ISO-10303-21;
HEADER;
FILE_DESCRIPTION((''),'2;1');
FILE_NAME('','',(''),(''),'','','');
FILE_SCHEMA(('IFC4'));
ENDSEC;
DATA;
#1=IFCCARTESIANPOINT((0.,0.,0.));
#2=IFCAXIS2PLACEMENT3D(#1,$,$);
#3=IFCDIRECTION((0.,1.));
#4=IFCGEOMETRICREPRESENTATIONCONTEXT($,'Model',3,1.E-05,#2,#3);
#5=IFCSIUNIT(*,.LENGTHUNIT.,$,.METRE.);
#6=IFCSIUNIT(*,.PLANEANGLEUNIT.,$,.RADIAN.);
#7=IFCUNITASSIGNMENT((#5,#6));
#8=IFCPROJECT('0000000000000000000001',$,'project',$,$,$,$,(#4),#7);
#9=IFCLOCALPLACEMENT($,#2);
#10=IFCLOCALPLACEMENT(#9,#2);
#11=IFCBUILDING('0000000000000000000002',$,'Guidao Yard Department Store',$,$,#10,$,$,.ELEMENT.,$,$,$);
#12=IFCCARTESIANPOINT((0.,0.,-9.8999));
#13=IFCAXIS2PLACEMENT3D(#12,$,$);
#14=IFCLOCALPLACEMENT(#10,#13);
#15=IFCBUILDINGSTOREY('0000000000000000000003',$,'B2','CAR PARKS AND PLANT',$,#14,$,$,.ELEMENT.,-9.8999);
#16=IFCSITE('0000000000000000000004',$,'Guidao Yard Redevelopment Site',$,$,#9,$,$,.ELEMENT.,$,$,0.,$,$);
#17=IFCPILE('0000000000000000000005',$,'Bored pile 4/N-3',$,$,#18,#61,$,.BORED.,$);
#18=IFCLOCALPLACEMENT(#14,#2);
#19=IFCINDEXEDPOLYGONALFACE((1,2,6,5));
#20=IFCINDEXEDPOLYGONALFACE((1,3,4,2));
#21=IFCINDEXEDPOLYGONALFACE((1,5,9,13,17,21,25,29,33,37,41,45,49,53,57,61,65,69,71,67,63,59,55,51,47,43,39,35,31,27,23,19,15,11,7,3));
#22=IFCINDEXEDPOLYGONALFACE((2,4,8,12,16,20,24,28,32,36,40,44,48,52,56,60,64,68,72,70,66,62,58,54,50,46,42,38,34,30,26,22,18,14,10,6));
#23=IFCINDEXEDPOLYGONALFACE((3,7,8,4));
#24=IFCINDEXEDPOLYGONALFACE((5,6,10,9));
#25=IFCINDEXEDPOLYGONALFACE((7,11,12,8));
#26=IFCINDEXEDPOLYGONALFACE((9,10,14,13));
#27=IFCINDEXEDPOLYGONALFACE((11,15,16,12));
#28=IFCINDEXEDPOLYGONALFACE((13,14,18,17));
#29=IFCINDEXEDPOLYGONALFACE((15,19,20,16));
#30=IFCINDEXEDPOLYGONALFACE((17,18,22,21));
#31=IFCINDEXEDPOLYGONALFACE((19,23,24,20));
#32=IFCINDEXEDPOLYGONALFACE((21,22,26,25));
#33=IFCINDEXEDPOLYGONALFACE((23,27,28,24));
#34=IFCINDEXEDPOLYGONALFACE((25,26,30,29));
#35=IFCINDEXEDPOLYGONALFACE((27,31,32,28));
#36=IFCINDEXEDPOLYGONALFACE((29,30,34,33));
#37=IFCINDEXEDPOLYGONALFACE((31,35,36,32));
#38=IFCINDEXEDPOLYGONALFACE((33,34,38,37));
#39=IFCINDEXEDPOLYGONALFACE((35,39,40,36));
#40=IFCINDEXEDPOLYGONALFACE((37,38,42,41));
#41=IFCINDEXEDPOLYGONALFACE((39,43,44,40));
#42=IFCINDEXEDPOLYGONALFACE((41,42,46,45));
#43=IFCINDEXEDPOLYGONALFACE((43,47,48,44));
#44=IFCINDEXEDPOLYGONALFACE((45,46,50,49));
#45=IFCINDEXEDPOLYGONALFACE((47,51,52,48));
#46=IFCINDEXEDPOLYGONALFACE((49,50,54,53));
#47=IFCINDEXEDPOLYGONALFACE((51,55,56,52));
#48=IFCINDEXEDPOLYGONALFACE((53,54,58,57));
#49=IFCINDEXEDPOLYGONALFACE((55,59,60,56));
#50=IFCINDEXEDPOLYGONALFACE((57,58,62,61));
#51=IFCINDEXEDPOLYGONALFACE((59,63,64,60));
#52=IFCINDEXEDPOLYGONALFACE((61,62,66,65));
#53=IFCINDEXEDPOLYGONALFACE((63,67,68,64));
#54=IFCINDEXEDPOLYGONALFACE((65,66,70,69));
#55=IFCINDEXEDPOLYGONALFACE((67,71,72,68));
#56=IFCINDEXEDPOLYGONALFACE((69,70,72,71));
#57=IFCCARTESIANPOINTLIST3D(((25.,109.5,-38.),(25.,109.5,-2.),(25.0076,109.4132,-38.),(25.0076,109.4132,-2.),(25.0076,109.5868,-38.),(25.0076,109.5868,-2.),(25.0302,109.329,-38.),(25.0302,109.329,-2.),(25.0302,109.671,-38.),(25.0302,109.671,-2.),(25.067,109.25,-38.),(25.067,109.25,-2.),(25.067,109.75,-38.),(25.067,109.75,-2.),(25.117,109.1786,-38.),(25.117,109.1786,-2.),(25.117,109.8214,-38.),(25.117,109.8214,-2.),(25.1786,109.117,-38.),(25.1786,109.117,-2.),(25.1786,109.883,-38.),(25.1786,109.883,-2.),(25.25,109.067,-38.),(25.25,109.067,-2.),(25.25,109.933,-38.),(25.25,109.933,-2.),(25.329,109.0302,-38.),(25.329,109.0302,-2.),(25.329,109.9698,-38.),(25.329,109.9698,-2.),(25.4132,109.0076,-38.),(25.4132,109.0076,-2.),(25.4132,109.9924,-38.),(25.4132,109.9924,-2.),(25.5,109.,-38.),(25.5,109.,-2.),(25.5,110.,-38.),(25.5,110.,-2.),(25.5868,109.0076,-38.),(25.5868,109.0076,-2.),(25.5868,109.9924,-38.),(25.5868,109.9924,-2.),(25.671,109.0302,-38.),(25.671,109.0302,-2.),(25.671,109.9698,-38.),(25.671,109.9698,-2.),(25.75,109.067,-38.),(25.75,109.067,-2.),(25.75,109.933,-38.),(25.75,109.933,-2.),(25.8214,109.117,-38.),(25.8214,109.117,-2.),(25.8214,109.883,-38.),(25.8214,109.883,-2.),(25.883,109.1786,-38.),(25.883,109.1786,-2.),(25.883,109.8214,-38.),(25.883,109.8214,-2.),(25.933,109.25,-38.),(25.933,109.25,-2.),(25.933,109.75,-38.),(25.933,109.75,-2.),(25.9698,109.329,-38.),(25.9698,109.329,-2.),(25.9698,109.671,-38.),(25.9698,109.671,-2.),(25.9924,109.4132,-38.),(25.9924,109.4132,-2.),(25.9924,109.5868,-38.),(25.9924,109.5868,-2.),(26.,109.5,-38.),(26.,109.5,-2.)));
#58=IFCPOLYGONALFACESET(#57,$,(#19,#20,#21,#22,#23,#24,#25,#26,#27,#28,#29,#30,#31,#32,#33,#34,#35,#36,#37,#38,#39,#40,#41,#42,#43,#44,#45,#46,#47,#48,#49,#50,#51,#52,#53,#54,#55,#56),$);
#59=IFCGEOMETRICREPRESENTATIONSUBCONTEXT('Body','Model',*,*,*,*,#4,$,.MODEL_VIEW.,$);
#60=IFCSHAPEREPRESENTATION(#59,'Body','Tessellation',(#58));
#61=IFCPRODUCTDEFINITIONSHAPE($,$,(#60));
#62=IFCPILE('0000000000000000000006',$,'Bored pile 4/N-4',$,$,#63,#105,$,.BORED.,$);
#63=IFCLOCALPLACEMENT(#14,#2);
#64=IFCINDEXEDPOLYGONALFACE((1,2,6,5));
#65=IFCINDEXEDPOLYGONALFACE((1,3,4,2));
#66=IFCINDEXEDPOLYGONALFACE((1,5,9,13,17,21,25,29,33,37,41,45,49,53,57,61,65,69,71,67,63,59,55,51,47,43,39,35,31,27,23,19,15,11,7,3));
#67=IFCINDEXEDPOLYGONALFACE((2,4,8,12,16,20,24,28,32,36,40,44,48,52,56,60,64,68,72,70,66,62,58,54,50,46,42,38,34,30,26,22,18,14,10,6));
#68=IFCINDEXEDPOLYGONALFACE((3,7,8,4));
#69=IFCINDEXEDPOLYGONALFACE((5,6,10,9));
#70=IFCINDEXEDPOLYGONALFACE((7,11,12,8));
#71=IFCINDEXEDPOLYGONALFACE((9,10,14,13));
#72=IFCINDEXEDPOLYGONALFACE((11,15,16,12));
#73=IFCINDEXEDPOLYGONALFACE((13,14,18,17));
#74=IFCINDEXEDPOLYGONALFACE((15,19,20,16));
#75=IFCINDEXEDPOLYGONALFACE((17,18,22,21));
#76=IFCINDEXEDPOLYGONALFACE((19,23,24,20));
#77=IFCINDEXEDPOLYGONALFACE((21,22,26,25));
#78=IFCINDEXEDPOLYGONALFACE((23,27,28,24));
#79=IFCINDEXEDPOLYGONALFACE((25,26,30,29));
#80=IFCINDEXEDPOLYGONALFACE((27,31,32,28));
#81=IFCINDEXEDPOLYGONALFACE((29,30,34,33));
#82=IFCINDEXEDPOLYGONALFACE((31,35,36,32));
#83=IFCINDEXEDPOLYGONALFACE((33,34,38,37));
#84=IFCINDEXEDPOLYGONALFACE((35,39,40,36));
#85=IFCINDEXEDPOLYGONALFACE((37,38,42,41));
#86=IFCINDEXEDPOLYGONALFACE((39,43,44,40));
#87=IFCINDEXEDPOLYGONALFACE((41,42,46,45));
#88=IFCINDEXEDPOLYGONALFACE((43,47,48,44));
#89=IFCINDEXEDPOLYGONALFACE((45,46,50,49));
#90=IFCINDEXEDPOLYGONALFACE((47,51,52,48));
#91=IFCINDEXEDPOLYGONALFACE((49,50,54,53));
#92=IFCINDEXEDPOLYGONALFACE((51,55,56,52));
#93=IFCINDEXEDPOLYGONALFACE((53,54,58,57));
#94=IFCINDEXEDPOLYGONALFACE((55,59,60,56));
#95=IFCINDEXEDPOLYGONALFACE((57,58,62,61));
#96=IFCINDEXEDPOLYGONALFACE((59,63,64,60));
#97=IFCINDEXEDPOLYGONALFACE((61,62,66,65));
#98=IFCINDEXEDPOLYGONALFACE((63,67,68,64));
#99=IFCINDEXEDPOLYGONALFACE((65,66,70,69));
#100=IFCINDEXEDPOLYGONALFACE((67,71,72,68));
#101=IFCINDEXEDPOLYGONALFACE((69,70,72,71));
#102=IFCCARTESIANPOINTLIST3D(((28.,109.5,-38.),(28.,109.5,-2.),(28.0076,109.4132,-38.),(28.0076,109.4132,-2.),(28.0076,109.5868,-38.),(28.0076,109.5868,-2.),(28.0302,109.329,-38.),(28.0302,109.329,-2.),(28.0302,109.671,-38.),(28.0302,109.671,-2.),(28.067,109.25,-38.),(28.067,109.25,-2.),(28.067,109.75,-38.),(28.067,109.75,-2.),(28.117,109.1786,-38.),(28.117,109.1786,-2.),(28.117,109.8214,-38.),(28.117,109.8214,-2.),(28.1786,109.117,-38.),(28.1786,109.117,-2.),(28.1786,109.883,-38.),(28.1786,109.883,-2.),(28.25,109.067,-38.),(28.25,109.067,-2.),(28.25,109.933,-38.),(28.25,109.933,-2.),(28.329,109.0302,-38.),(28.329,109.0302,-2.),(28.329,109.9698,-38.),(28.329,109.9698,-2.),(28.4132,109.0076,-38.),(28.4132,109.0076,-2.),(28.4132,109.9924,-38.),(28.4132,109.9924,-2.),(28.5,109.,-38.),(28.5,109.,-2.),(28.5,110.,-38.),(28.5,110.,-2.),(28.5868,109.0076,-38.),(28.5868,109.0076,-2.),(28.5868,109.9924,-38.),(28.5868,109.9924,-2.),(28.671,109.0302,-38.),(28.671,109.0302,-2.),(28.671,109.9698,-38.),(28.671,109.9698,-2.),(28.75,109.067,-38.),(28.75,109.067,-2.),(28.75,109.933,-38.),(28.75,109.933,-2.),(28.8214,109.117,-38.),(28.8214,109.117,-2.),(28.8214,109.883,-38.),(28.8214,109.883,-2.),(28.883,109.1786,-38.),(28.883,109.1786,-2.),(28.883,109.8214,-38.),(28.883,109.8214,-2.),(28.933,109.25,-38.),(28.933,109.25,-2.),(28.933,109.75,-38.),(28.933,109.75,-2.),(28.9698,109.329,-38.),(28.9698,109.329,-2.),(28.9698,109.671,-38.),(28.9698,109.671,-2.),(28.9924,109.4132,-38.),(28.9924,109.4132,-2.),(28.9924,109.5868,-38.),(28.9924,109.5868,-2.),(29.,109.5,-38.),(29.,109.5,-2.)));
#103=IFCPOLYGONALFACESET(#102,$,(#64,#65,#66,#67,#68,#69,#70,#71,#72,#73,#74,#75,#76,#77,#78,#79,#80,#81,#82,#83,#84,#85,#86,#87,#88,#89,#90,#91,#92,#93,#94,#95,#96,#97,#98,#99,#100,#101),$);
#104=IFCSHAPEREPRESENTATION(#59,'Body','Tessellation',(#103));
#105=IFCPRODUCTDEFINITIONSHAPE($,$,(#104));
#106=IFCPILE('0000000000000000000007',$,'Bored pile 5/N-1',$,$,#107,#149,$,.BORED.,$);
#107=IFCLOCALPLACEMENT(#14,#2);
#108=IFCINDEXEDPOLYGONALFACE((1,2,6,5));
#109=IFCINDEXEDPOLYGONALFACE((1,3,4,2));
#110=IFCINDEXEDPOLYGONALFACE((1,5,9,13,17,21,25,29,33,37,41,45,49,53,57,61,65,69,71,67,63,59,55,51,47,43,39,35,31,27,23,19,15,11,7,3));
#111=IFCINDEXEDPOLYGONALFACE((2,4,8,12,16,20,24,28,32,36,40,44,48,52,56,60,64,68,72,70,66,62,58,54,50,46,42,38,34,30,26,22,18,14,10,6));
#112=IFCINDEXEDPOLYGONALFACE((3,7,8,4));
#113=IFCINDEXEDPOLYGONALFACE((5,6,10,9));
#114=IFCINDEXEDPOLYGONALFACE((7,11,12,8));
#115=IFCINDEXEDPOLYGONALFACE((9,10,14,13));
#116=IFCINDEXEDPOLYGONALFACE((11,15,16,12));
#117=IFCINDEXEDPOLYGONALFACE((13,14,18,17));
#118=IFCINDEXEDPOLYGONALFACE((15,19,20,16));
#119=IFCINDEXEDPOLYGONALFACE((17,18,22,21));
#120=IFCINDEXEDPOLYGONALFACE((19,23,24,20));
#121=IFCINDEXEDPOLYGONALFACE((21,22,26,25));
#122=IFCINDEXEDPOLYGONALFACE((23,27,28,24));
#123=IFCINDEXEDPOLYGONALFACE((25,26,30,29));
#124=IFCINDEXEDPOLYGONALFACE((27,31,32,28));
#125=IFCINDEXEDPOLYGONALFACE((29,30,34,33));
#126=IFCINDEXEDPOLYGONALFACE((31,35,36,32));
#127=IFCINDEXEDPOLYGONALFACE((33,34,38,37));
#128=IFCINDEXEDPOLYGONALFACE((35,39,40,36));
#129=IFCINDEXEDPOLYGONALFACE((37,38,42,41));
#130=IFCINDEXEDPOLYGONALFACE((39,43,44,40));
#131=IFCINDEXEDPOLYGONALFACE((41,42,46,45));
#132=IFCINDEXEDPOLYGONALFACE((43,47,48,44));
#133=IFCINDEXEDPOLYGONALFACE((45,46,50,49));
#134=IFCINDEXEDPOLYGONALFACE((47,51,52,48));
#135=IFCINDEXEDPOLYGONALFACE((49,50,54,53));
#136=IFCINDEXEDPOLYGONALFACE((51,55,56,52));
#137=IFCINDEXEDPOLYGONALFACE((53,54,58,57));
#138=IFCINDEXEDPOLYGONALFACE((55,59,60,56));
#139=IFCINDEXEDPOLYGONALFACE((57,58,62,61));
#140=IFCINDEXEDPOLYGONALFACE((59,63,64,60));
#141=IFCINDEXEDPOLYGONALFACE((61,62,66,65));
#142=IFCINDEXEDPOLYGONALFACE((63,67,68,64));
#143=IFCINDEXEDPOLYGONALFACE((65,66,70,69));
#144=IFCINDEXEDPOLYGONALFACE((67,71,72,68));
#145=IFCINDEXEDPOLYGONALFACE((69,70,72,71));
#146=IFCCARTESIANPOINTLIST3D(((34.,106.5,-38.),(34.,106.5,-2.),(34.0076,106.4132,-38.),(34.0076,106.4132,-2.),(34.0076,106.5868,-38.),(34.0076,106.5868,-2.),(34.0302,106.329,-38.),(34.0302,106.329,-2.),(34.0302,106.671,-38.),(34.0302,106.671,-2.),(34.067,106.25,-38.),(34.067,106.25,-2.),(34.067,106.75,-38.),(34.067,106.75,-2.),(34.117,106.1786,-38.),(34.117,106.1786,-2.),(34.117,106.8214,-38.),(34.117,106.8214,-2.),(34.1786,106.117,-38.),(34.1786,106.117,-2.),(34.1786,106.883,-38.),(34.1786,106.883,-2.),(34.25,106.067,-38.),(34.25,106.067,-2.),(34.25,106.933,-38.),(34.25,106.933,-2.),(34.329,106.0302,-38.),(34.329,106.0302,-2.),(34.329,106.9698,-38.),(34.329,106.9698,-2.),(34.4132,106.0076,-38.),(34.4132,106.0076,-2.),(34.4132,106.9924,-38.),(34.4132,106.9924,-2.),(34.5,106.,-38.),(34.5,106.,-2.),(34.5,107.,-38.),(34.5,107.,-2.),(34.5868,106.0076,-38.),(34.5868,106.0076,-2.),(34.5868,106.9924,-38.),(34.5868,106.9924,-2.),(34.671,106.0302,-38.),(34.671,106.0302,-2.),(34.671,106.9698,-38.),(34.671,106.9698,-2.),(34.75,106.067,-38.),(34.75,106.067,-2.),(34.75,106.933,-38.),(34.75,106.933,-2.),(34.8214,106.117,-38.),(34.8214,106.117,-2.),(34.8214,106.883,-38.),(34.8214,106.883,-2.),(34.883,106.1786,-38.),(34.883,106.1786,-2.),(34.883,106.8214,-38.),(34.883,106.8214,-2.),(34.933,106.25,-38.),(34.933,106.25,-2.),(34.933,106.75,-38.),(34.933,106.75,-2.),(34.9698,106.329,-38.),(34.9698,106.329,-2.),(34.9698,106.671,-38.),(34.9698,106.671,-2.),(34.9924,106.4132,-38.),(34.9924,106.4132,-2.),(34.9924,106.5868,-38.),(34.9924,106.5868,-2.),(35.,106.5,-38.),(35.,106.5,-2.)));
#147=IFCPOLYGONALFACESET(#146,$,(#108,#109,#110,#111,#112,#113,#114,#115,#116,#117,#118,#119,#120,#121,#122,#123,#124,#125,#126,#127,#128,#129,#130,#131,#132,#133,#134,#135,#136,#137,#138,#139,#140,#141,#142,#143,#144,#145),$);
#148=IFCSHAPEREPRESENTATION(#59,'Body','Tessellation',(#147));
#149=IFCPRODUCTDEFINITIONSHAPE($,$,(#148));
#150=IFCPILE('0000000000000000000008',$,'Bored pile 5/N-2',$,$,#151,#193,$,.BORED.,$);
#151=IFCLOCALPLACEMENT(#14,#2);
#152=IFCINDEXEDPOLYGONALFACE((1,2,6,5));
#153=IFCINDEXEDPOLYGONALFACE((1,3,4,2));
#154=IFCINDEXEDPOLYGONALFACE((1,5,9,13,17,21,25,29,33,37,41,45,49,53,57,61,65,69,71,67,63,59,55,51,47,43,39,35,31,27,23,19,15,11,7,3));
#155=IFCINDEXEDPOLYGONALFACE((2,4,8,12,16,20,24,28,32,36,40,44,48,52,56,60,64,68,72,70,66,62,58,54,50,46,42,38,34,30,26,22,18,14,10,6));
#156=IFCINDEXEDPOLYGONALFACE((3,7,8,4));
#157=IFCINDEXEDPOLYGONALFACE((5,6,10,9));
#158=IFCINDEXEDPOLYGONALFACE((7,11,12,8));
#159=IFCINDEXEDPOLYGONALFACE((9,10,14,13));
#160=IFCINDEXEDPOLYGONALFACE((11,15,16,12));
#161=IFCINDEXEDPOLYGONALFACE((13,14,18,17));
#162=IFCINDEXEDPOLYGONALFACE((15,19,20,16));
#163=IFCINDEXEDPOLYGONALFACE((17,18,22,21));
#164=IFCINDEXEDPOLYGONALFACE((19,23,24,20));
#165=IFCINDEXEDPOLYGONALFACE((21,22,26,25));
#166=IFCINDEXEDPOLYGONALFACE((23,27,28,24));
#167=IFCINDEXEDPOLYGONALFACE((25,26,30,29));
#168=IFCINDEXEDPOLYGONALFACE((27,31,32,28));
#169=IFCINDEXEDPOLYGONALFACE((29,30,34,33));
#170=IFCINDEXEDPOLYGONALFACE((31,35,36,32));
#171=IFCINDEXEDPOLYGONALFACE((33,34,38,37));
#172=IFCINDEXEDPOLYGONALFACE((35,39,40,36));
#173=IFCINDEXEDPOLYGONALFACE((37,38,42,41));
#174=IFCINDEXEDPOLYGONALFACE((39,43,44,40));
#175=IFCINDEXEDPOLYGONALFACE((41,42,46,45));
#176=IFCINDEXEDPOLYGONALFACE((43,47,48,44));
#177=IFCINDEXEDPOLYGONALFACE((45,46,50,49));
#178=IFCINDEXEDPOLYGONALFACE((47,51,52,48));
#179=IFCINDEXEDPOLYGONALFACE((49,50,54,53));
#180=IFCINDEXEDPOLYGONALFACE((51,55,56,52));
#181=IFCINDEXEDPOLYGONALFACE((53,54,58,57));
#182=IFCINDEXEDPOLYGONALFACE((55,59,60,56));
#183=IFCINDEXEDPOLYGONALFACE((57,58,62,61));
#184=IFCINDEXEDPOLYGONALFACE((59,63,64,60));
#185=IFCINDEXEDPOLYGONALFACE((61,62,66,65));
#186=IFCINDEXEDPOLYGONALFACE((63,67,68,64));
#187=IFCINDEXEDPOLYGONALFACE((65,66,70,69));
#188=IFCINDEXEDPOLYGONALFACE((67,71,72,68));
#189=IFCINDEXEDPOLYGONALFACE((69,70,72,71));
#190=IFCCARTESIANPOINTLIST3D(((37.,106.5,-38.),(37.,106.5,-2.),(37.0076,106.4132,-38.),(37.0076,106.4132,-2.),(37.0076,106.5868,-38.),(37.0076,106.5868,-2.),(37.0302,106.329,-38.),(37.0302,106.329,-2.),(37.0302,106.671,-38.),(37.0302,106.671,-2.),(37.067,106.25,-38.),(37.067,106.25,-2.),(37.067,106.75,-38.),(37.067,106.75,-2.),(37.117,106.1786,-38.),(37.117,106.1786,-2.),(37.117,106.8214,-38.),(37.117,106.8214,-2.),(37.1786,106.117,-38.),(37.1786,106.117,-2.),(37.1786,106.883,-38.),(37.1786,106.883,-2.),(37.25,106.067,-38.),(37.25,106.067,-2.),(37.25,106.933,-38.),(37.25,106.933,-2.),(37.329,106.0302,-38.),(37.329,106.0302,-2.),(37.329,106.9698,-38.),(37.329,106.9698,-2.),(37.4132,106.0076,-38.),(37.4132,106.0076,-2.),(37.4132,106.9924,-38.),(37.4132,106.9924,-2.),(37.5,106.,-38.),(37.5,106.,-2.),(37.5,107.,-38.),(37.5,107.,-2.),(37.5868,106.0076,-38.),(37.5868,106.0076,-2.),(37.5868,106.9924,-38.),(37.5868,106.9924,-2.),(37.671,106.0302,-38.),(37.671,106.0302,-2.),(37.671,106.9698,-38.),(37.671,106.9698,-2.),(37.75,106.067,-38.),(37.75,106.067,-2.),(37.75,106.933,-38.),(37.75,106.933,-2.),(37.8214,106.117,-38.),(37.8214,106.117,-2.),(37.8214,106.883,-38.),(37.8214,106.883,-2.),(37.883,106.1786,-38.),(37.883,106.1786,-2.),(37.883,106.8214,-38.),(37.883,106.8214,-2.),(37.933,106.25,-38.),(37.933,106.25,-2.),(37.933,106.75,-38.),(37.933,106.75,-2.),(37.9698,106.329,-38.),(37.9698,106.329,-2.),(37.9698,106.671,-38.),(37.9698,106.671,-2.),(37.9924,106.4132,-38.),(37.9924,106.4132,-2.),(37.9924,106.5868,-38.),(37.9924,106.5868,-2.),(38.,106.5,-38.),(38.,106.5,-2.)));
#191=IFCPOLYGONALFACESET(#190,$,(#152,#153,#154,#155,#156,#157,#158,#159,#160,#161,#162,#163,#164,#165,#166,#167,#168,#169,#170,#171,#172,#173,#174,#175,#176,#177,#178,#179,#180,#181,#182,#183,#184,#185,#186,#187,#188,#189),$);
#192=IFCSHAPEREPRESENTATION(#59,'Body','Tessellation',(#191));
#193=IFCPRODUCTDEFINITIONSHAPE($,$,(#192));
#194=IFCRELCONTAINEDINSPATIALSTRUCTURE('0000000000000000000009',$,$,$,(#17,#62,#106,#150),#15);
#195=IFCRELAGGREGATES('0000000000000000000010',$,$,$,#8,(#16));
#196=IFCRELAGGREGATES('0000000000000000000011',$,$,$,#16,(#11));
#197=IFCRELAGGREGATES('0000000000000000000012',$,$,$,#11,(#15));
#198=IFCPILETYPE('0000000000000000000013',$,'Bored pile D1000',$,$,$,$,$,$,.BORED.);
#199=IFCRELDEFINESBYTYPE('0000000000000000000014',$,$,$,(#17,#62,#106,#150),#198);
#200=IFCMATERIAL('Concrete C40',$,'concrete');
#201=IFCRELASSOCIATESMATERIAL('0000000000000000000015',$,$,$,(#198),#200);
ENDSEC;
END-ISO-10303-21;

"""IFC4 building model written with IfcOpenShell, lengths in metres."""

from ifc_helpers import new_model, si_unit, direction, frame, origin, origin_2d, place, context, subcontext, project, spatial, circle, extrude, material, material_profile, profile_set, type_object, element, save


model = new_model("IFC4")

# Units and contexts
model_context = context("Model", 3, precision=1e-05, world=origin(), true_north=direction((0.0, 1.0)))
body_context = subcontext(model_context, "Body", "Model", "MODEL_VIEW")
ifc_project = project(units=[si_unit("LENGTHUNIT", "METRE"), si_unit("PLANEANGLEUNIT", "RADIAN")], contexts=[model_context])

# Site, building, storey
site_placement = place(None, origin())
site = spatial("IfcSite", under=ifc_project, at=site_placement, Name="Guidao Yard Redevelopment Site", CompositionType="ELEMENT", RefElevation=0.0)
building_placement = place(site_placement, origin())
building = spatial("IfcBuilding", under=site, at=building_placement, Name="Guidao Yard Department Store", CompositionType="ELEMENT")
storey_placement = place(building_placement, frame((0.0, 0.0, -9.8999)))
storey = spatial("IfcBuildingStorey", under=building, at=storey_placement, Name="B2", Description="CAR PARKS AND PLANT", CompositionType="ELEMENT", Elevation=-9.8999)

# Piles
ifc_material_1 = material(Name="Concrete C40", Category="concrete")
ifc_material_profile_1 = material_profile(ifc_material_1, circle(Radius=0.5, at=origin_2d()), Name="Bored pile D1000")
ifc_profile_set_1 = profile_set([ifc_material_profile_1], Name="Concrete C40")
pile_type = type_object("IfcPileType", Name="Bored pile D1000", PredefinedType="BORED", material=ifc_profile_set_1)
for number, where, z_axis, x_axis, name in (
    (1, (25.5, 109.5, -2.0), (0.0, 0.0, -1.0), (1.0, 0.0, 0.0), "Bored pile 4/N-3"),
    (2, (28.5, 109.5, -2.0), (0.0, 0.0, -1.0), (1.0, 0.0, 0.0), "Bored pile 4/N-4"),
    (3, (34.5, 106.5, -2.0), (0.0, 0.0, -1.0), (1.0, 0.0, 0.0), "Bored pile 5/N-1"),
    (4, (37.5, 106.5, -2.0), (0.0, 0.0, -1.0), (1.0, 0.0, 0.0), "Bored pile 5/N-2"),
):
    element("IfcPile", number, at=place(storey_placement, frame(where, z_axis=z_axis, x_axis=x_axis)), inside=storey, type_object=pile_type, Name=name, PredefinedType="BORED", context=body_context, shape_type="SweptSolid", body=[
        extrude(circle(Radius=0.5, at=origin_2d()), origin(), (0.0, 0.0, 1.0), 36.0),
    ])

save(model, "model.ifc")
